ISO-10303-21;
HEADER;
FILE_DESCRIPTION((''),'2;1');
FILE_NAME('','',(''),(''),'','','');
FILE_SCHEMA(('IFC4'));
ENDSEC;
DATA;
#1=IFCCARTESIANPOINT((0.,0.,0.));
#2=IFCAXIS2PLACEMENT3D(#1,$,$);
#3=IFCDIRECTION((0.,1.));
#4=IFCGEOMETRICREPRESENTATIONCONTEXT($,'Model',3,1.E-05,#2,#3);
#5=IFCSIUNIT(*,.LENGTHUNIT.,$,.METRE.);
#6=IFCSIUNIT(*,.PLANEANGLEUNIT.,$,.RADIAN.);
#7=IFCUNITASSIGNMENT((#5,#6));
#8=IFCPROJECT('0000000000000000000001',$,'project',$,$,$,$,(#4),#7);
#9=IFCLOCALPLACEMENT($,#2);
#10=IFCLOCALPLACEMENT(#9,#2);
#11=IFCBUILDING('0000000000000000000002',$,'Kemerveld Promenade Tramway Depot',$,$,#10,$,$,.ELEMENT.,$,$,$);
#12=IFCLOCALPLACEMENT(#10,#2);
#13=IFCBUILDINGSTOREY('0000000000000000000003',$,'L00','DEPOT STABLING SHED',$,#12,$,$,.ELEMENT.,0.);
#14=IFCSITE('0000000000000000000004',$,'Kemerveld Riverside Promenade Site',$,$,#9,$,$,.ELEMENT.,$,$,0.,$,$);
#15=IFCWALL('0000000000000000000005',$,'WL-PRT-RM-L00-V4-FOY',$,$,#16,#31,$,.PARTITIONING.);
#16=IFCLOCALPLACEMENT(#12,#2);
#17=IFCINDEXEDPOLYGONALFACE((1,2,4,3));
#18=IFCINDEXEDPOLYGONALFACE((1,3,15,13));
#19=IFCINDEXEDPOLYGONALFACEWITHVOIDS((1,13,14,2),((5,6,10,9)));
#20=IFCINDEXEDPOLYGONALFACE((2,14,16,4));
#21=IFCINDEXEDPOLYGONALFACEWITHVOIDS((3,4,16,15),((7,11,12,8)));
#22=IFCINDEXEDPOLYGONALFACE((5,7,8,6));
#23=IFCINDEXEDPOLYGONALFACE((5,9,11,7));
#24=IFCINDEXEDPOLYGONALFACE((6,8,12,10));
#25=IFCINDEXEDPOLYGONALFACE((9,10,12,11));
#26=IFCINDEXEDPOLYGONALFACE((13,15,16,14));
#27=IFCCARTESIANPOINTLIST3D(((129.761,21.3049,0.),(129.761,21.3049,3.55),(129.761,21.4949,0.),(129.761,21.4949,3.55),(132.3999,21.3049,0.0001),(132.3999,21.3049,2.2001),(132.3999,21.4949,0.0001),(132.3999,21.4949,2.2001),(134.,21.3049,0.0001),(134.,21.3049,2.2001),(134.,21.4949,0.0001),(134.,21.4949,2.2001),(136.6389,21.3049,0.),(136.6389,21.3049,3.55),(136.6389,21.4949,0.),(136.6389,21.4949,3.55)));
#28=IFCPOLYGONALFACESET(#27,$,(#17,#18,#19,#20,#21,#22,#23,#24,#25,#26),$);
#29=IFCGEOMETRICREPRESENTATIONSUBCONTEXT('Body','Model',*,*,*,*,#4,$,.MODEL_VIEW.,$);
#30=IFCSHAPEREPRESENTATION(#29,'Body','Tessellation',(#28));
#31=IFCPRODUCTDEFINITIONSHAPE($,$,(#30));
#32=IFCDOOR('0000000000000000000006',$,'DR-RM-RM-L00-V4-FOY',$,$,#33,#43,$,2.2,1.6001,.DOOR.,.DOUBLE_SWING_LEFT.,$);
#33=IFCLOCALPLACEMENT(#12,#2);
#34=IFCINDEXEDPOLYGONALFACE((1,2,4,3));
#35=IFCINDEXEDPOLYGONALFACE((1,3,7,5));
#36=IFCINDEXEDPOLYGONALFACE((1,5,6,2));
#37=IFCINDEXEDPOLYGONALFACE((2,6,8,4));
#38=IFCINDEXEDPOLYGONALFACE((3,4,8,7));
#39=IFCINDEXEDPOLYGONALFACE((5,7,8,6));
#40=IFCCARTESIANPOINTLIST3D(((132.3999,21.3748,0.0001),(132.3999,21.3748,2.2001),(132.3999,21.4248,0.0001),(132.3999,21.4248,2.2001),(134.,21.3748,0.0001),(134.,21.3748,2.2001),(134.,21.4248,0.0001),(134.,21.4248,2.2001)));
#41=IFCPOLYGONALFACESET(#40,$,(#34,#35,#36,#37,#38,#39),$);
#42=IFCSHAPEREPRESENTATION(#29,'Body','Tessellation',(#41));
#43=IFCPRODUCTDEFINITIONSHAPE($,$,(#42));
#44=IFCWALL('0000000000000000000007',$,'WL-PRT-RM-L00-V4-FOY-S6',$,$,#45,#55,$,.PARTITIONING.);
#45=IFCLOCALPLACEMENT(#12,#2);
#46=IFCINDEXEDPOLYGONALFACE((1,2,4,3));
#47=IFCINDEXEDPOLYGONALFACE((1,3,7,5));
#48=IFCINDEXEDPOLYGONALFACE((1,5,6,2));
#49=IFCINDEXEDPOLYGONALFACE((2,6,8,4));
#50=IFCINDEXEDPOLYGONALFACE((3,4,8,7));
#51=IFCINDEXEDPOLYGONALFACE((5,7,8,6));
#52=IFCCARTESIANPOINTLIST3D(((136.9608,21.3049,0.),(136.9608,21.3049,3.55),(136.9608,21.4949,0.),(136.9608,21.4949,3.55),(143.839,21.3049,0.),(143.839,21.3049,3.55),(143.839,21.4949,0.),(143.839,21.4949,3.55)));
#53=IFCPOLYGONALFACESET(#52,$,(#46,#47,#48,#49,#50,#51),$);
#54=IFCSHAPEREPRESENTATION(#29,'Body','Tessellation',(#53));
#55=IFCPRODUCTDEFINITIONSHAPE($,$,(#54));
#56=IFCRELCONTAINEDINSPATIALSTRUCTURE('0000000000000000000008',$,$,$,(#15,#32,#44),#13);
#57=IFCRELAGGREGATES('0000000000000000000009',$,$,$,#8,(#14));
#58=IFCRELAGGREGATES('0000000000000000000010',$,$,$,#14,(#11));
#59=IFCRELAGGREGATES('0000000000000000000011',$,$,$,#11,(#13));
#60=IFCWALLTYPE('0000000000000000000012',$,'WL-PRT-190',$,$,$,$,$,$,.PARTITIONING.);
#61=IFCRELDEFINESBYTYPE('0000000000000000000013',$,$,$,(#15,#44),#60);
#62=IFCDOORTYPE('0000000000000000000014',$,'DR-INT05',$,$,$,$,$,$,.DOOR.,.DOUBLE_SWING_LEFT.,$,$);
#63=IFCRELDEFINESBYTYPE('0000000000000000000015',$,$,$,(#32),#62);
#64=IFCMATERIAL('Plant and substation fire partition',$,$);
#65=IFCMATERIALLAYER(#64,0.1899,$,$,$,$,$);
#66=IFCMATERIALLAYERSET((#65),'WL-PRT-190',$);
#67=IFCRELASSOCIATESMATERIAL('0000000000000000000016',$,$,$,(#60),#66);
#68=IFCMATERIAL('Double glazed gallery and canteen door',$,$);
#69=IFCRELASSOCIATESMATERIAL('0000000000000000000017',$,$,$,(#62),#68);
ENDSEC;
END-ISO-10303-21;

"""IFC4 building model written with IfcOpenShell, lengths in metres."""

from ifc_helpers import new_model, si_unit, direction, frame, frame_2d, origin, place, context, subcontext, project, spatial, rectangle, extrude, material, layer, layer_set, type_object, element, fill, save


model = new_model("IFC4")

# Units and contexts
model_context = context("Model", 3, precision=1e-05, world=origin(), true_north=direction((0.0, 1.0)))
body_context = subcontext(model_context, "Body", "Model", "MODEL_VIEW")
ifc_project = project(units=[si_unit("LENGTHUNIT", "METRE"), si_unit("PLANEANGLEUNIT", "RADIAN")], contexts=[model_context])

# Site, building, storey
site_placement = place(None, origin())
site = spatial("IfcSite", under=ifc_project, at=site_placement, Name="Kemerveld Riverside Promenade Site", CompositionType="ELEMENT", RefElevation=0.0)
building_placement = place(site_placement, origin())
building = spatial("IfcBuilding", under=site, at=building_placement, Name="Kemerveld Promenade Tramway Depot", CompositionType="ELEMENT")
storey_placement = place(building_placement, origin())
storey = spatial("IfcBuildingStorey", under=building, at=storey_placement, Name="L00", Description="DEPOT STABLING SHED", CompositionType="ELEMENT", Elevation=0.0)

# Wall, opening, door
ifc_material_1 = material(Name="Plant and substation fire partition")
ifc_layer_1 = layer(ifc_material_1, 0.1899)
ifc_layer_set_1 = layer_set([ifc_layer_1], Name="WL-PRT-190")
wall_type_1 = type_object("IfcWallType", Name="WL-PRT-190", PredefinedType="PARTITIONING", material=ifc_layer_set_1)
wall_1_placement = place(storey_placement, frame((129.761, 21.3999, 0.0), z_axis=(0.0, 0.0, 1.0), x_axis=(1.0, 0.0, 0.0)))
wall_1 = element("IfcWall", 1, at=wall_1_placement, inside=storey, type_object=wall_type_1, Name="WL-PRT-RM-L00-V4-FOY", PredefinedType="PARTITIONING", context=body_context, shape_type="SweptSolid", body=[
    extrude(rectangle(XDim=6.8779, YDim=0.1899, at=frame_2d((3.439, 0.0))), origin(), (0.0, 0.0, 1.0), 3.55),
])
opening_1_placement = place(wall_1_placement, frame((2.6389, 0.0, 0.0)))
opening_1 = element("IfcOpeningElement", 2, at=opening_1_placement, cuts=wall_1, PredefinedType="OPENING", context=body_context, shape_type="SweptSolid", body=[
    extrude(rectangle(XDim=1.6001, YDim=2.2, at=frame_2d((0.8, 1.1001))), frame((0.0, 0.105, 0.0), z_axis=(0.0, -1.0, 0.0), x_axis=(1.0, 0.0, 0.0)), (0.0, 0.0, 1.0), 0.21),
])
ifc_material_2 = material(Name="Double glazed gallery and canteen door")
door_type_1 = type_object("IfcDoorType", Name="DR-INT05", OperationType="DOUBLE_SWING_LEFT", PredefinedType="DOOR", material=ifc_material_2)
door_1_placement = place(opening_1_placement, origin())
door_1 = element("IfcDoor", 3, at=door_1_placement, inside=storey, type_object=door_type_1, Name="DR-RM-RM-L00-V4-FOY", OperationType="DOUBLE_SWING_LEFT", OverallHeight=2.2, OverallWidth=1.6001, PredefinedType="DOOR", context=body_context, shape_type="SweptSolid", body=[
    extrude(rectangle(XDim=1.6001, YDim=2.2, at=frame_2d((0.8, 1.1001))), frame((0.0, 0.0249, 0.0), z_axis=(0.0, -1.0, 0.0), x_axis=(1.0, 0.0, 0.0)), (0.0, 0.0, 1.0), 0.05),
])
fill(opening_1, door_1)

# Wall
wall_2_placement = place(storey_placement, frame((136.9609, 21.3999, 0.0), z_axis=(0.0, 0.0, 1.0), x_axis=(1.0, 0.0, 0.0)))
element("IfcWall", 4, at=wall_2_placement, inside=storey, type_object=wall_type_1, Name="WL-PRT-RM-L00-V4-FOY-S6", PredefinedType="PARTITIONING", context=body_context, shape_type="SweptSolid", body=[
    extrude(rectangle(XDim=6.8782, YDim=0.1899, at=frame_2d((3.439, 0.0))), origin(), (0.0, 0.0, 1.0), 3.55),
])

save(model, "model.ifc")
